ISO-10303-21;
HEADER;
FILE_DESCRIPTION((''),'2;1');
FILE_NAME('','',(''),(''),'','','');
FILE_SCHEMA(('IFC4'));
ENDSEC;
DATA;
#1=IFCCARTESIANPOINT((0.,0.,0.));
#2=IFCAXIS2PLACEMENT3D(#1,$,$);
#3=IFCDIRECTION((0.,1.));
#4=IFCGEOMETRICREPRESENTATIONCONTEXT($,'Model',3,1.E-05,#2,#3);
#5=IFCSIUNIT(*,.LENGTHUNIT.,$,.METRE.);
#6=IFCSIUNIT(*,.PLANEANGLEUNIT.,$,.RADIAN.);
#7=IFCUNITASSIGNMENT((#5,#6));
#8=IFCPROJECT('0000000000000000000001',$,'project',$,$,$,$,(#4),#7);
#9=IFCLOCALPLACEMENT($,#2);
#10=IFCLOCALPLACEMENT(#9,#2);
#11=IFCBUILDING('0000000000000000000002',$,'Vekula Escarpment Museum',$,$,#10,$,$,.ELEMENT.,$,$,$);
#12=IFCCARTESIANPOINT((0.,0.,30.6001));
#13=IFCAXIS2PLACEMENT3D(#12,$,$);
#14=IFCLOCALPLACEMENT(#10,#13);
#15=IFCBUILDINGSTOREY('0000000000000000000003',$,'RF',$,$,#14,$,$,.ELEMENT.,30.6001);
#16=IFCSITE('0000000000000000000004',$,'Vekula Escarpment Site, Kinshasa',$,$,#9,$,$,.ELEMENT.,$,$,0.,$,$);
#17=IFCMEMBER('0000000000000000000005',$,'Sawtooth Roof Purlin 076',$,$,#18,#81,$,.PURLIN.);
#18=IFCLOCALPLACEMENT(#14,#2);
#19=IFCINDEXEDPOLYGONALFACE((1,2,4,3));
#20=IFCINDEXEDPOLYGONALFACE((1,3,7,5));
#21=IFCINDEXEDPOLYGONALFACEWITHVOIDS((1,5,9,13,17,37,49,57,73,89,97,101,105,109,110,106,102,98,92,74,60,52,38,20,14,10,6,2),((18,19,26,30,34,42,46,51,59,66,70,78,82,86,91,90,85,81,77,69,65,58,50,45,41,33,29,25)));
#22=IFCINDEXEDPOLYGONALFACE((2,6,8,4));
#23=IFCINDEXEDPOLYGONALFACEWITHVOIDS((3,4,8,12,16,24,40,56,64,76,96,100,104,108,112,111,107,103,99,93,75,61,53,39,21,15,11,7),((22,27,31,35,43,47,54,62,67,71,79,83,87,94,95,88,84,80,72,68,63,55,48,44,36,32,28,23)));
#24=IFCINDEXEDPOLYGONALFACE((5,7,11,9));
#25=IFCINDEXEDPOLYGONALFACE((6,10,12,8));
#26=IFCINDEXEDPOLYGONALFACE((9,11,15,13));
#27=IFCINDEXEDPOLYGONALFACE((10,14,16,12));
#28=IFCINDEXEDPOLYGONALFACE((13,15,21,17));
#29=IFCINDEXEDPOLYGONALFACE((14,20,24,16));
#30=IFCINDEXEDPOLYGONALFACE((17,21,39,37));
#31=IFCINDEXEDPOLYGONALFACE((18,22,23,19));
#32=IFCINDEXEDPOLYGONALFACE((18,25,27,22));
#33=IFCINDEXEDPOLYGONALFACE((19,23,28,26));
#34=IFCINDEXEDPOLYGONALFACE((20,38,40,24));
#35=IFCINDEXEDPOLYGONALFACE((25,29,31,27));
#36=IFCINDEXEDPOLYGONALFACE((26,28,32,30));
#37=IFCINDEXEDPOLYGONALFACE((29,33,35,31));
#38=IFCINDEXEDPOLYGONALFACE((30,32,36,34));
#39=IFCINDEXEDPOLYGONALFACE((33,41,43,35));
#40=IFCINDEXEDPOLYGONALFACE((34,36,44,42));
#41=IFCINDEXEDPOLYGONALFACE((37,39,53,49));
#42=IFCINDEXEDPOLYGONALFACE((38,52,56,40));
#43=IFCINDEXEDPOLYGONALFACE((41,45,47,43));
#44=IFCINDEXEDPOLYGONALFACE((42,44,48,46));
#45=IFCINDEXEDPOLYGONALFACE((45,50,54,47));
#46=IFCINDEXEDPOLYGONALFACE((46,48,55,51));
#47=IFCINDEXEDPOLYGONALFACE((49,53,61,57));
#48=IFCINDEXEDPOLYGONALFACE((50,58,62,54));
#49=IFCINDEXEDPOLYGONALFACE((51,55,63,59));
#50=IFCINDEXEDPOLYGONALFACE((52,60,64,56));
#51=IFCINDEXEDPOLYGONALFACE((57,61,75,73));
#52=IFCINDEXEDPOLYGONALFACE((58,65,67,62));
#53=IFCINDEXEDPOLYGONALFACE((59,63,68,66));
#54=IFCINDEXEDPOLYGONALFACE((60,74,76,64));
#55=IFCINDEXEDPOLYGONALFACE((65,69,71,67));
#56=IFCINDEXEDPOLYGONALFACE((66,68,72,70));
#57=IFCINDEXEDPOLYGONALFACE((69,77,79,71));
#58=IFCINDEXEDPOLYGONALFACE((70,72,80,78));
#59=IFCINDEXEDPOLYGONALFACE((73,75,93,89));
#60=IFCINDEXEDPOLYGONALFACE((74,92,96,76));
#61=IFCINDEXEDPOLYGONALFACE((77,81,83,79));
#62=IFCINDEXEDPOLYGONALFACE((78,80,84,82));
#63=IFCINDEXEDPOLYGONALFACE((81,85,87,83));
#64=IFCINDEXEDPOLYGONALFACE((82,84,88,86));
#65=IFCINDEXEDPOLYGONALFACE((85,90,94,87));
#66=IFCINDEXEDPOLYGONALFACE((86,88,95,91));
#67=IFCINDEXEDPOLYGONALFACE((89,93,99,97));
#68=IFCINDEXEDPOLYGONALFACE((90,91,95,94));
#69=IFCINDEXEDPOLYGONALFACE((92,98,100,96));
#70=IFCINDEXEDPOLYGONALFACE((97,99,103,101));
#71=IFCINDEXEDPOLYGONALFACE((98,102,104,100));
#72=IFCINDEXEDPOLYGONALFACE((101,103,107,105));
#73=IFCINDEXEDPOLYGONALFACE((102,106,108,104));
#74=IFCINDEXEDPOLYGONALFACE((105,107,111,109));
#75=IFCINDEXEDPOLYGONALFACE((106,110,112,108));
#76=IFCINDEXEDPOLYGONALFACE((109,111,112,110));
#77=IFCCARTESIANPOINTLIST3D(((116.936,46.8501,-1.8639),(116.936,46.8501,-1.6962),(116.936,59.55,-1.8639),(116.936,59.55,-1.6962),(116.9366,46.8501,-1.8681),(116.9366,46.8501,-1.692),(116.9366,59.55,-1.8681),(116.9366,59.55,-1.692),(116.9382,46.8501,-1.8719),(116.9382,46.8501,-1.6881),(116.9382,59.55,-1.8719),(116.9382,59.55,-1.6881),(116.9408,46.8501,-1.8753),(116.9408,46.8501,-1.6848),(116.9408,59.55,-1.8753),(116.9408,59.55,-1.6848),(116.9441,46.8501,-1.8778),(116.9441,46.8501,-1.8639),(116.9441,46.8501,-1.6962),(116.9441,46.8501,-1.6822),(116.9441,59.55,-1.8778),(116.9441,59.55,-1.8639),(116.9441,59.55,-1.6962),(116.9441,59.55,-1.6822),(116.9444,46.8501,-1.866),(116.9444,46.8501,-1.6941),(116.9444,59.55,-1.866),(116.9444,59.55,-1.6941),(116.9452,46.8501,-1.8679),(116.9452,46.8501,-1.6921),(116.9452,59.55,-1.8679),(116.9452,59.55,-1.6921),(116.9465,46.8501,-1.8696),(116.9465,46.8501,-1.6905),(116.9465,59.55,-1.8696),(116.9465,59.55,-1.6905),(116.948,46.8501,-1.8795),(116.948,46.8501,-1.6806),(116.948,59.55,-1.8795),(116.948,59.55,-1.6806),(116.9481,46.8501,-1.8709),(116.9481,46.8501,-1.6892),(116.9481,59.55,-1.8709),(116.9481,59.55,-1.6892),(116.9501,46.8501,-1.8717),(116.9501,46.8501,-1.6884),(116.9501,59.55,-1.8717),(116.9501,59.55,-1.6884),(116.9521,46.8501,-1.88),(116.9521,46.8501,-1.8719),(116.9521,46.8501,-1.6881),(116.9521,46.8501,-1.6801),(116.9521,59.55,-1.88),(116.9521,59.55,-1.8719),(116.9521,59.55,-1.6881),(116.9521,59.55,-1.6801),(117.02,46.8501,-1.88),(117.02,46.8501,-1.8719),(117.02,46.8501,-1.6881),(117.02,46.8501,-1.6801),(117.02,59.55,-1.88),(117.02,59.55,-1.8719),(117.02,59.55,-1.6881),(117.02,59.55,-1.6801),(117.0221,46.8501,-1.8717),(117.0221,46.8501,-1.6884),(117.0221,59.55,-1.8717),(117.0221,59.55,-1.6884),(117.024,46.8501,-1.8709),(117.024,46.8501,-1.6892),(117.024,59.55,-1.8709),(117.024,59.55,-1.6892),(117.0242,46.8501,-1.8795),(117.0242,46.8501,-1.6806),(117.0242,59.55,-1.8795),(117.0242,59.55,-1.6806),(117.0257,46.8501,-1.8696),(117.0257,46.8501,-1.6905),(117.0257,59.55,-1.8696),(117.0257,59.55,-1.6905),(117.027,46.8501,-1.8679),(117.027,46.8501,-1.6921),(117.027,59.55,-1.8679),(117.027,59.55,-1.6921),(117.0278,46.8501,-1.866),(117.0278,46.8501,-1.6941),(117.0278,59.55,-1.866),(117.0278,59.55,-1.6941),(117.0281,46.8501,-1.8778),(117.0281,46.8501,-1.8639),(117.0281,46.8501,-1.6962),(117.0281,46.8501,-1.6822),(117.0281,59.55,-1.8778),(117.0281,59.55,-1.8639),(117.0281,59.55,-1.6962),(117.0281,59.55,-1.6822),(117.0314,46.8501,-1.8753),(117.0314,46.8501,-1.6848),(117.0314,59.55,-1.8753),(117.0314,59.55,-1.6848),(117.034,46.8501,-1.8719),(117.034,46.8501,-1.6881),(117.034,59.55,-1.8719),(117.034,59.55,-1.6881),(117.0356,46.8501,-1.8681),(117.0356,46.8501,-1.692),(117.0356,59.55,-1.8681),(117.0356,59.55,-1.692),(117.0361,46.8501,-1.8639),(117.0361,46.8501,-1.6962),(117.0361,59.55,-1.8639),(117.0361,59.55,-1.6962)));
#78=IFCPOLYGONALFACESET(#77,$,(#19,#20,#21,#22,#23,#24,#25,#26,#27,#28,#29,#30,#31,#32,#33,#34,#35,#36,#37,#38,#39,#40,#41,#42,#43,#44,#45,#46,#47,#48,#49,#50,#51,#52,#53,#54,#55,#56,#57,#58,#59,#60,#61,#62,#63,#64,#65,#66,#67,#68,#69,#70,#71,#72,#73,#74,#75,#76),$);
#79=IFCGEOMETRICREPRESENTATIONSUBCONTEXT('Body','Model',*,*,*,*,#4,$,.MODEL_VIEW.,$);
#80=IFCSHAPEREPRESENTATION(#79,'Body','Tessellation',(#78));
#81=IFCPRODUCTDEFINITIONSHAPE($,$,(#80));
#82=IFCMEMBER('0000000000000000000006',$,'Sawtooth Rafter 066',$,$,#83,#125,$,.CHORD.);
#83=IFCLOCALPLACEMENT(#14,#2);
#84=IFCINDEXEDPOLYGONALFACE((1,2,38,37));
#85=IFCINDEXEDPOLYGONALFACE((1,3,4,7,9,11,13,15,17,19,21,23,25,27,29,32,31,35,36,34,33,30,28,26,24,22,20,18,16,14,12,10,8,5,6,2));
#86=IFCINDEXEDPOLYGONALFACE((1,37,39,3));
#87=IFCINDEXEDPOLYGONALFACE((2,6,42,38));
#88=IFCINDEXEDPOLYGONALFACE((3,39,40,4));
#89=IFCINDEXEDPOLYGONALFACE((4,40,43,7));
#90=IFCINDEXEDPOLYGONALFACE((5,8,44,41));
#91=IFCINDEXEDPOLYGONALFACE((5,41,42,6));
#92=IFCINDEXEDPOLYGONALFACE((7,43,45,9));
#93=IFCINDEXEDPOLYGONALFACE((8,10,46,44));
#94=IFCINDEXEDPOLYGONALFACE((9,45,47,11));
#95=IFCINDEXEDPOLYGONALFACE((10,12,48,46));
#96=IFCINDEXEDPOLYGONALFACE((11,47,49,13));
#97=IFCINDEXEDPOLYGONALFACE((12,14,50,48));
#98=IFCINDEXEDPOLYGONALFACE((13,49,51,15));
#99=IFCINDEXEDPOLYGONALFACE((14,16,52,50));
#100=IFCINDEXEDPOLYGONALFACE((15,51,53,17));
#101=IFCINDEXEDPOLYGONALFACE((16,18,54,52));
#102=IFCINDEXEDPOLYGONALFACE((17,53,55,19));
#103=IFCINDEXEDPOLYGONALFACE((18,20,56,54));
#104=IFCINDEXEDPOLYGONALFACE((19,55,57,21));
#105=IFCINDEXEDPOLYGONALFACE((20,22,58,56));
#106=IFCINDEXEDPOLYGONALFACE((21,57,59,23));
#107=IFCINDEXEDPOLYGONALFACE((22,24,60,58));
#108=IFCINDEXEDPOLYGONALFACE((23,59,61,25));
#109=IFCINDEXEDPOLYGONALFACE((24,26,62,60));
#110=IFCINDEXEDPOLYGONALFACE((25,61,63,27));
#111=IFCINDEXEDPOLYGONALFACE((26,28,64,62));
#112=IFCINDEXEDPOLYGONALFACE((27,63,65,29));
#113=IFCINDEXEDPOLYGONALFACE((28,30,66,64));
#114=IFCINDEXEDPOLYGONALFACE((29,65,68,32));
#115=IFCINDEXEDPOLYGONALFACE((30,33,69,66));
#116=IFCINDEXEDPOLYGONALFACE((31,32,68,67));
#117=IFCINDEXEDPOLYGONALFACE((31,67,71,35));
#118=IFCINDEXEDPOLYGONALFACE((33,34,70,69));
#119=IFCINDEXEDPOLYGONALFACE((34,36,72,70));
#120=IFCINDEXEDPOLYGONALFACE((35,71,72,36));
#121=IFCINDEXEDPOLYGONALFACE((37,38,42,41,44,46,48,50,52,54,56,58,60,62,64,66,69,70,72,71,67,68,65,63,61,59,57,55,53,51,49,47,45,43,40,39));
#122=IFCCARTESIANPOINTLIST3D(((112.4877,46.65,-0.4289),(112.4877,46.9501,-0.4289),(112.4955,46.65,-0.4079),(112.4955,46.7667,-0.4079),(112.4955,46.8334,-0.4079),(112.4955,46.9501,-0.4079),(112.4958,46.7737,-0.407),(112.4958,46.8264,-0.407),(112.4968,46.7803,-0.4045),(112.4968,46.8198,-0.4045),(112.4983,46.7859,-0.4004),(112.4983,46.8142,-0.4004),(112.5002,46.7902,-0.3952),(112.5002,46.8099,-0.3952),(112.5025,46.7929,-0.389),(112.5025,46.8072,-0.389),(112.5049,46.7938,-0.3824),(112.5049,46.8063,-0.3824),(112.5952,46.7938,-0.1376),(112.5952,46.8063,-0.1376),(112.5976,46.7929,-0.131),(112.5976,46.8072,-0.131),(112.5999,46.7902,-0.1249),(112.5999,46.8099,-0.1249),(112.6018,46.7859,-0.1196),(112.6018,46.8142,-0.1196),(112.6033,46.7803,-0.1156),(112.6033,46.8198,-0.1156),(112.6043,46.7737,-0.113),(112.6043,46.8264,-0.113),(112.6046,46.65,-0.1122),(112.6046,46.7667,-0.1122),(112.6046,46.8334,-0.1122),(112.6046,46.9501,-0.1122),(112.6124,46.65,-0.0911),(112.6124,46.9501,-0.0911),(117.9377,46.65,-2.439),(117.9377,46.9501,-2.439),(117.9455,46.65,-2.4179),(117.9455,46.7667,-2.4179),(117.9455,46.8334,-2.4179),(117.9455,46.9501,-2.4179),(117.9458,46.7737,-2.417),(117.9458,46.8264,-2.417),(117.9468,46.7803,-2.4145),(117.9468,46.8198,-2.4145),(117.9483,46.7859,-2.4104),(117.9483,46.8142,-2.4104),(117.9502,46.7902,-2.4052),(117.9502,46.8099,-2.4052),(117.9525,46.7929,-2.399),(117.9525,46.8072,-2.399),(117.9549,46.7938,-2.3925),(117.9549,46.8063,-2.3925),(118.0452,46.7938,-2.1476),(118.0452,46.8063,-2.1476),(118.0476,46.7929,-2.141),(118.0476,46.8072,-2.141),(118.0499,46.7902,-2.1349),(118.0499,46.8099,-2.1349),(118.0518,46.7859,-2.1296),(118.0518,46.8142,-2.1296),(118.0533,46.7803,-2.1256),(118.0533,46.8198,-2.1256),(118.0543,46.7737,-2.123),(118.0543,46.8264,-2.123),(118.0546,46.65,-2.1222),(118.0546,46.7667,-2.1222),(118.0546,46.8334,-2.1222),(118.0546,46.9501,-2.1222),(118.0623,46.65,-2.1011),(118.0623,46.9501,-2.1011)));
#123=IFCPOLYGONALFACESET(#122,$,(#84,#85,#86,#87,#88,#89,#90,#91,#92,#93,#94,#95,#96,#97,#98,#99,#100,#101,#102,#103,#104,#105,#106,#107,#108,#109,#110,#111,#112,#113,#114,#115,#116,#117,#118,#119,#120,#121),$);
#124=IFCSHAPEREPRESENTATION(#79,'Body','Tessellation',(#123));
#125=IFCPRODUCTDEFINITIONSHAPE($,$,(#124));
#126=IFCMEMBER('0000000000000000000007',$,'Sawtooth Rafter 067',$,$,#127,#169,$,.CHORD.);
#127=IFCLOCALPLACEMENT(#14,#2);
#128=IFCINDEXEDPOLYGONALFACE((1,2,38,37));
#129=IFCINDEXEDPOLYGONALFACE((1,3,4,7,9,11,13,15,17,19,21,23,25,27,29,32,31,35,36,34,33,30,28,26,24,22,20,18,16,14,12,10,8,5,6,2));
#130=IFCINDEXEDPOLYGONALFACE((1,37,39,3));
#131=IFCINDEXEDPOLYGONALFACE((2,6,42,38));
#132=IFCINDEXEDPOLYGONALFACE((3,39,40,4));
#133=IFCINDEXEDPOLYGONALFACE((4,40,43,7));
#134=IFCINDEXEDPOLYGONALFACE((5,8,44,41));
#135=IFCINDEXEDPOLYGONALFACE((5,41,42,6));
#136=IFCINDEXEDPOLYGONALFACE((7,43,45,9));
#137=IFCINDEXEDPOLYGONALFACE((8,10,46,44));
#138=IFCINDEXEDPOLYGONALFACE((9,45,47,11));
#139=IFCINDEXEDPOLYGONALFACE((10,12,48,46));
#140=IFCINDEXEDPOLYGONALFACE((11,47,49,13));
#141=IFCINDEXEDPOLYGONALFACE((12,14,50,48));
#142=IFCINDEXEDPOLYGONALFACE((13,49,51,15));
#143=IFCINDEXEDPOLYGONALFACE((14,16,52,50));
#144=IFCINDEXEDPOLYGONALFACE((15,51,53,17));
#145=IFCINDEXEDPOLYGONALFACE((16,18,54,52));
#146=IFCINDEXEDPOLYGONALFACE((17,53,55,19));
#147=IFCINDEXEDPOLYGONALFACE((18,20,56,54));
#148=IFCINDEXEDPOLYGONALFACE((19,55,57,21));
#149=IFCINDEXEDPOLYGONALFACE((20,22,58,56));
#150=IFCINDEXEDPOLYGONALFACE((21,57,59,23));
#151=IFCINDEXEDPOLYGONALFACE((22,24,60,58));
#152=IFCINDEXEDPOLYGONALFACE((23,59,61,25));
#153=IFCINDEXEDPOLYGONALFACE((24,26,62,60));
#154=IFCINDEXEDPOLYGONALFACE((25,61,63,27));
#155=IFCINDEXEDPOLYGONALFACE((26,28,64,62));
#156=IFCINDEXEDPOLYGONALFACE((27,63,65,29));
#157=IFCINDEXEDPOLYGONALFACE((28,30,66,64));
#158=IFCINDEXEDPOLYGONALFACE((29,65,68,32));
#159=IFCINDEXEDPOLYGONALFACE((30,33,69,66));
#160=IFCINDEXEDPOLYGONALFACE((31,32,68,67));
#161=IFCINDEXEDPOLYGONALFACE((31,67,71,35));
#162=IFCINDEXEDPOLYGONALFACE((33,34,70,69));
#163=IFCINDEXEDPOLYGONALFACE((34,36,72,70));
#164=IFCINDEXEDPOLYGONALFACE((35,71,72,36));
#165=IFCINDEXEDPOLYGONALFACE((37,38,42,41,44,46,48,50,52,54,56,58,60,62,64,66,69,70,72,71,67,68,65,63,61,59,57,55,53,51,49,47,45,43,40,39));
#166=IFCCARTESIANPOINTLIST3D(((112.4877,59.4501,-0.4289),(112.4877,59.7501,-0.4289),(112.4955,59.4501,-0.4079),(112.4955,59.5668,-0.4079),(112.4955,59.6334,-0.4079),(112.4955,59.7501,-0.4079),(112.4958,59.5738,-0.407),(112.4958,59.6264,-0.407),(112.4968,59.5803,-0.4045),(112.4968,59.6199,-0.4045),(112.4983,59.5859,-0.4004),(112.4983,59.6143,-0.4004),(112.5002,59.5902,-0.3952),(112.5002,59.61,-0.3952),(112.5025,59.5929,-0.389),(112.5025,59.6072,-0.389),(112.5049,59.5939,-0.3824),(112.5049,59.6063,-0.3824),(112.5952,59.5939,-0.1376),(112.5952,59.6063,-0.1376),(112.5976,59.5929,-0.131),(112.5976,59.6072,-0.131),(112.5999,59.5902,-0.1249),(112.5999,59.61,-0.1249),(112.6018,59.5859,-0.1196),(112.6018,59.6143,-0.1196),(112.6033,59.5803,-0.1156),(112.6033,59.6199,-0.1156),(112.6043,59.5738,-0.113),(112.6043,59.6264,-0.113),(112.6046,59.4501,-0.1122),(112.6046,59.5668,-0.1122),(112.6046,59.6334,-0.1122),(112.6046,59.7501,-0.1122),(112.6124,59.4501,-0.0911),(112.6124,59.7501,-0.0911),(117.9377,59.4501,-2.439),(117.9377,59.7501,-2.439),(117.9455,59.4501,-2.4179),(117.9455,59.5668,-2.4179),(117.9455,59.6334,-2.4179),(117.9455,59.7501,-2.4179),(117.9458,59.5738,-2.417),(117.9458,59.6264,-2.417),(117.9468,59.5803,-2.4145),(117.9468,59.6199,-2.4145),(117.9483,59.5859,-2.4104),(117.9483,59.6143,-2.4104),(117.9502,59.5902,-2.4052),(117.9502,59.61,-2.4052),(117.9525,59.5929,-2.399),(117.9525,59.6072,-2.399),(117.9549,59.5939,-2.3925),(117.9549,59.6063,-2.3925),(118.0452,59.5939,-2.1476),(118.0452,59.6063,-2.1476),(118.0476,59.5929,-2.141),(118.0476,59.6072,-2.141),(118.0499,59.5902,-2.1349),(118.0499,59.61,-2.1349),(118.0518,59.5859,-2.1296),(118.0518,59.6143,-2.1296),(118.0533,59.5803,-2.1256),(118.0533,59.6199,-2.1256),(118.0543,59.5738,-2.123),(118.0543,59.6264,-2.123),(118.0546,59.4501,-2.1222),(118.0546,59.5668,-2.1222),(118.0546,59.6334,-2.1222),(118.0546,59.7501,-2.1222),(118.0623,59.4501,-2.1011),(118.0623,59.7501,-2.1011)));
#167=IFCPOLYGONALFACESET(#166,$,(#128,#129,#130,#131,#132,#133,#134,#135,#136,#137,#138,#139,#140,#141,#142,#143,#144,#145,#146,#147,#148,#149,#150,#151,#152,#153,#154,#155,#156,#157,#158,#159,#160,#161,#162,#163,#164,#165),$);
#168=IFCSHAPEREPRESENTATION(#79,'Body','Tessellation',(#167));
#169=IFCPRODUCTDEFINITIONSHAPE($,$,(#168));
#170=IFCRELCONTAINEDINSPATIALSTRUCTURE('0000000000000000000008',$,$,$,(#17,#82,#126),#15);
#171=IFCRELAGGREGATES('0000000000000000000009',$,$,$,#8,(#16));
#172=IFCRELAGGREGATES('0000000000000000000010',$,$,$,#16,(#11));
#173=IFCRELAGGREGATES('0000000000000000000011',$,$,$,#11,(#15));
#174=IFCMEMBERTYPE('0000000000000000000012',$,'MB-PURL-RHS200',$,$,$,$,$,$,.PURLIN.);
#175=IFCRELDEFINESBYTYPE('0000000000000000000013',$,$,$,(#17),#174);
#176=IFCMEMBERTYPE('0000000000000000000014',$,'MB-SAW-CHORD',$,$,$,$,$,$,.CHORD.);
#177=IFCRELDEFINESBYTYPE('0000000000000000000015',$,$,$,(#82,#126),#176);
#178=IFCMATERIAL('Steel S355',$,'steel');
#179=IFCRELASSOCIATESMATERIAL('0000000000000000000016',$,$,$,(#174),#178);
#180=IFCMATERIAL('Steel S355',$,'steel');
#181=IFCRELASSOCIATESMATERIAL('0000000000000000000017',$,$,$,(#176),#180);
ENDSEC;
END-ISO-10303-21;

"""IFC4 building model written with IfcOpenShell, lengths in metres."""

from ifc_helpers import new_model, si_unit, direction, frame, origin, origin_2d, place, context, subcontext, project, spatial, hollow_rectangle, i_section, extrude, material, material_profile, profile_set, type_object, element, save


model = new_model("IFC4")

# Units and contexts
model_context = context("Model", 3, precision=1e-05, world=origin(), true_north=direction((0.0, 1.0)))
body_context = subcontext(model_context, "Body", "Model", "MODEL_VIEW")
ifc_project = project(units=[si_unit("LENGTHUNIT", "METRE"), si_unit("PLANEANGLEUNIT", "RADIAN")], contexts=[model_context])

# Site, building, storey
site_placement = place(None, origin())
site = spatial("IfcSite", under=ifc_project, at=site_placement, Name="Vekula Escarpment Site, Kinshasa", CompositionType="ELEMENT", RefElevation=0.0)
building_placement = place(site_placement, origin())
building = spatial("IfcBuilding", under=site, at=building_placement, Name="Vekula Escarpment Museum", CompositionType="ELEMENT")
storey_placement = place(building_placement, frame((0.0, 0.0, 30.6001)))
storey = spatial("IfcBuildingStorey", under=building, at=storey_placement, Name="RF", CompositionType="ELEMENT", Elevation=30.6001)

# Members
ifc_material_1 = material(Name="Steel S355", Category="steel")
ifc_material_profile_1 = material_profile(ifc_material_1, hollow_rectangle(XDim=0.1001, YDim=0.2, WallThickness=0.0081, InnerFilletRadius=0.0081, OuterFilletRadius=0.0161, at=origin_2d()), Name="RHS 200x100x8")
ifc_profile_set_1 = profile_set([ifc_material_profile_1], Name="Steel S355")
member_type_1 = type_object("IfcMemberType", Name="MB-PURL-RHS200", PredefinedType="PURLIN", material=ifc_profile_set_1)
for number, where, z_axis, x_axis, name in (
    (1, (116.9861, 46.8501, -1.78), (0.0, 1.0, 0.0), (-1.0, 0.0, 0.0), "Sawtooth Roof Purlin 076"),
):
    element("IfcMember", number, at=place(storey_placement, frame(where, z_axis=z_axis, x_axis=x_axis)), inside=storey, type_object=member_type_1, Name=name, PredefinedType="PURLIN", context=body_context, shape_type="SweptSolid", body=[
        extrude(hollow_rectangle(XDim=0.1001, YDim=0.2, WallThickness=0.0081, InnerFilletRadius=0.0081, OuterFilletRadius=0.0161, at=origin_2d()), origin(), (0.0, 0.0, 1.0), 12.7),
    ])
ifc_material_2 = material(Name="Steel S355", Category="steel")
ifc_material_profile_2 = material_profile(ifc_material_2, i_section(OverallWidth=0.3, OverallDepth=0.3601, WebThickness=0.0125, FlangeThickness=0.0225, FilletRadius=0.0271, at=origin_2d()), Name="HEB 360")
ifc_profile_set_2 = profile_set([ifc_material_profile_2], Name="Steel S355")
member_type_2 = type_object("IfcMemberType", Name="MB-SAW-CHORD", PredefinedType="CHORD", material=ifc_profile_set_2)
for number, where, z_axis, x_axis, name in (
    (2, (112.55, 46.8, -0.26), (0.938224, 0.0, -0.346029), (0.0, 1.0, 0.0), "Sawtooth Rafter 066"),
    (3, (112.55, 59.6001, -0.26), (0.938224, 0.0, -0.346029), (0.0, 1.0, 0.0), "Sawtooth Rafter 067"),
):
    element("IfcMember", number, at=place(storey_placement, frame(where, z_axis=z_axis, x_axis=x_axis)), inside=storey, type_object=member_type_2, Name=name, PredefinedType="CHORD", context=body_context, shape_type="SweptSolid", body=[
        extrude(i_section(OverallWidth=0.3, OverallDepth=0.3601, WebThickness=0.0125, FlangeThickness=0.0225, FilletRadius=0.0271, at=origin_2d()), origin(), (0.0, 0.0, 1.0), 5.8088),
    ])

save(model, "model.ifc")
